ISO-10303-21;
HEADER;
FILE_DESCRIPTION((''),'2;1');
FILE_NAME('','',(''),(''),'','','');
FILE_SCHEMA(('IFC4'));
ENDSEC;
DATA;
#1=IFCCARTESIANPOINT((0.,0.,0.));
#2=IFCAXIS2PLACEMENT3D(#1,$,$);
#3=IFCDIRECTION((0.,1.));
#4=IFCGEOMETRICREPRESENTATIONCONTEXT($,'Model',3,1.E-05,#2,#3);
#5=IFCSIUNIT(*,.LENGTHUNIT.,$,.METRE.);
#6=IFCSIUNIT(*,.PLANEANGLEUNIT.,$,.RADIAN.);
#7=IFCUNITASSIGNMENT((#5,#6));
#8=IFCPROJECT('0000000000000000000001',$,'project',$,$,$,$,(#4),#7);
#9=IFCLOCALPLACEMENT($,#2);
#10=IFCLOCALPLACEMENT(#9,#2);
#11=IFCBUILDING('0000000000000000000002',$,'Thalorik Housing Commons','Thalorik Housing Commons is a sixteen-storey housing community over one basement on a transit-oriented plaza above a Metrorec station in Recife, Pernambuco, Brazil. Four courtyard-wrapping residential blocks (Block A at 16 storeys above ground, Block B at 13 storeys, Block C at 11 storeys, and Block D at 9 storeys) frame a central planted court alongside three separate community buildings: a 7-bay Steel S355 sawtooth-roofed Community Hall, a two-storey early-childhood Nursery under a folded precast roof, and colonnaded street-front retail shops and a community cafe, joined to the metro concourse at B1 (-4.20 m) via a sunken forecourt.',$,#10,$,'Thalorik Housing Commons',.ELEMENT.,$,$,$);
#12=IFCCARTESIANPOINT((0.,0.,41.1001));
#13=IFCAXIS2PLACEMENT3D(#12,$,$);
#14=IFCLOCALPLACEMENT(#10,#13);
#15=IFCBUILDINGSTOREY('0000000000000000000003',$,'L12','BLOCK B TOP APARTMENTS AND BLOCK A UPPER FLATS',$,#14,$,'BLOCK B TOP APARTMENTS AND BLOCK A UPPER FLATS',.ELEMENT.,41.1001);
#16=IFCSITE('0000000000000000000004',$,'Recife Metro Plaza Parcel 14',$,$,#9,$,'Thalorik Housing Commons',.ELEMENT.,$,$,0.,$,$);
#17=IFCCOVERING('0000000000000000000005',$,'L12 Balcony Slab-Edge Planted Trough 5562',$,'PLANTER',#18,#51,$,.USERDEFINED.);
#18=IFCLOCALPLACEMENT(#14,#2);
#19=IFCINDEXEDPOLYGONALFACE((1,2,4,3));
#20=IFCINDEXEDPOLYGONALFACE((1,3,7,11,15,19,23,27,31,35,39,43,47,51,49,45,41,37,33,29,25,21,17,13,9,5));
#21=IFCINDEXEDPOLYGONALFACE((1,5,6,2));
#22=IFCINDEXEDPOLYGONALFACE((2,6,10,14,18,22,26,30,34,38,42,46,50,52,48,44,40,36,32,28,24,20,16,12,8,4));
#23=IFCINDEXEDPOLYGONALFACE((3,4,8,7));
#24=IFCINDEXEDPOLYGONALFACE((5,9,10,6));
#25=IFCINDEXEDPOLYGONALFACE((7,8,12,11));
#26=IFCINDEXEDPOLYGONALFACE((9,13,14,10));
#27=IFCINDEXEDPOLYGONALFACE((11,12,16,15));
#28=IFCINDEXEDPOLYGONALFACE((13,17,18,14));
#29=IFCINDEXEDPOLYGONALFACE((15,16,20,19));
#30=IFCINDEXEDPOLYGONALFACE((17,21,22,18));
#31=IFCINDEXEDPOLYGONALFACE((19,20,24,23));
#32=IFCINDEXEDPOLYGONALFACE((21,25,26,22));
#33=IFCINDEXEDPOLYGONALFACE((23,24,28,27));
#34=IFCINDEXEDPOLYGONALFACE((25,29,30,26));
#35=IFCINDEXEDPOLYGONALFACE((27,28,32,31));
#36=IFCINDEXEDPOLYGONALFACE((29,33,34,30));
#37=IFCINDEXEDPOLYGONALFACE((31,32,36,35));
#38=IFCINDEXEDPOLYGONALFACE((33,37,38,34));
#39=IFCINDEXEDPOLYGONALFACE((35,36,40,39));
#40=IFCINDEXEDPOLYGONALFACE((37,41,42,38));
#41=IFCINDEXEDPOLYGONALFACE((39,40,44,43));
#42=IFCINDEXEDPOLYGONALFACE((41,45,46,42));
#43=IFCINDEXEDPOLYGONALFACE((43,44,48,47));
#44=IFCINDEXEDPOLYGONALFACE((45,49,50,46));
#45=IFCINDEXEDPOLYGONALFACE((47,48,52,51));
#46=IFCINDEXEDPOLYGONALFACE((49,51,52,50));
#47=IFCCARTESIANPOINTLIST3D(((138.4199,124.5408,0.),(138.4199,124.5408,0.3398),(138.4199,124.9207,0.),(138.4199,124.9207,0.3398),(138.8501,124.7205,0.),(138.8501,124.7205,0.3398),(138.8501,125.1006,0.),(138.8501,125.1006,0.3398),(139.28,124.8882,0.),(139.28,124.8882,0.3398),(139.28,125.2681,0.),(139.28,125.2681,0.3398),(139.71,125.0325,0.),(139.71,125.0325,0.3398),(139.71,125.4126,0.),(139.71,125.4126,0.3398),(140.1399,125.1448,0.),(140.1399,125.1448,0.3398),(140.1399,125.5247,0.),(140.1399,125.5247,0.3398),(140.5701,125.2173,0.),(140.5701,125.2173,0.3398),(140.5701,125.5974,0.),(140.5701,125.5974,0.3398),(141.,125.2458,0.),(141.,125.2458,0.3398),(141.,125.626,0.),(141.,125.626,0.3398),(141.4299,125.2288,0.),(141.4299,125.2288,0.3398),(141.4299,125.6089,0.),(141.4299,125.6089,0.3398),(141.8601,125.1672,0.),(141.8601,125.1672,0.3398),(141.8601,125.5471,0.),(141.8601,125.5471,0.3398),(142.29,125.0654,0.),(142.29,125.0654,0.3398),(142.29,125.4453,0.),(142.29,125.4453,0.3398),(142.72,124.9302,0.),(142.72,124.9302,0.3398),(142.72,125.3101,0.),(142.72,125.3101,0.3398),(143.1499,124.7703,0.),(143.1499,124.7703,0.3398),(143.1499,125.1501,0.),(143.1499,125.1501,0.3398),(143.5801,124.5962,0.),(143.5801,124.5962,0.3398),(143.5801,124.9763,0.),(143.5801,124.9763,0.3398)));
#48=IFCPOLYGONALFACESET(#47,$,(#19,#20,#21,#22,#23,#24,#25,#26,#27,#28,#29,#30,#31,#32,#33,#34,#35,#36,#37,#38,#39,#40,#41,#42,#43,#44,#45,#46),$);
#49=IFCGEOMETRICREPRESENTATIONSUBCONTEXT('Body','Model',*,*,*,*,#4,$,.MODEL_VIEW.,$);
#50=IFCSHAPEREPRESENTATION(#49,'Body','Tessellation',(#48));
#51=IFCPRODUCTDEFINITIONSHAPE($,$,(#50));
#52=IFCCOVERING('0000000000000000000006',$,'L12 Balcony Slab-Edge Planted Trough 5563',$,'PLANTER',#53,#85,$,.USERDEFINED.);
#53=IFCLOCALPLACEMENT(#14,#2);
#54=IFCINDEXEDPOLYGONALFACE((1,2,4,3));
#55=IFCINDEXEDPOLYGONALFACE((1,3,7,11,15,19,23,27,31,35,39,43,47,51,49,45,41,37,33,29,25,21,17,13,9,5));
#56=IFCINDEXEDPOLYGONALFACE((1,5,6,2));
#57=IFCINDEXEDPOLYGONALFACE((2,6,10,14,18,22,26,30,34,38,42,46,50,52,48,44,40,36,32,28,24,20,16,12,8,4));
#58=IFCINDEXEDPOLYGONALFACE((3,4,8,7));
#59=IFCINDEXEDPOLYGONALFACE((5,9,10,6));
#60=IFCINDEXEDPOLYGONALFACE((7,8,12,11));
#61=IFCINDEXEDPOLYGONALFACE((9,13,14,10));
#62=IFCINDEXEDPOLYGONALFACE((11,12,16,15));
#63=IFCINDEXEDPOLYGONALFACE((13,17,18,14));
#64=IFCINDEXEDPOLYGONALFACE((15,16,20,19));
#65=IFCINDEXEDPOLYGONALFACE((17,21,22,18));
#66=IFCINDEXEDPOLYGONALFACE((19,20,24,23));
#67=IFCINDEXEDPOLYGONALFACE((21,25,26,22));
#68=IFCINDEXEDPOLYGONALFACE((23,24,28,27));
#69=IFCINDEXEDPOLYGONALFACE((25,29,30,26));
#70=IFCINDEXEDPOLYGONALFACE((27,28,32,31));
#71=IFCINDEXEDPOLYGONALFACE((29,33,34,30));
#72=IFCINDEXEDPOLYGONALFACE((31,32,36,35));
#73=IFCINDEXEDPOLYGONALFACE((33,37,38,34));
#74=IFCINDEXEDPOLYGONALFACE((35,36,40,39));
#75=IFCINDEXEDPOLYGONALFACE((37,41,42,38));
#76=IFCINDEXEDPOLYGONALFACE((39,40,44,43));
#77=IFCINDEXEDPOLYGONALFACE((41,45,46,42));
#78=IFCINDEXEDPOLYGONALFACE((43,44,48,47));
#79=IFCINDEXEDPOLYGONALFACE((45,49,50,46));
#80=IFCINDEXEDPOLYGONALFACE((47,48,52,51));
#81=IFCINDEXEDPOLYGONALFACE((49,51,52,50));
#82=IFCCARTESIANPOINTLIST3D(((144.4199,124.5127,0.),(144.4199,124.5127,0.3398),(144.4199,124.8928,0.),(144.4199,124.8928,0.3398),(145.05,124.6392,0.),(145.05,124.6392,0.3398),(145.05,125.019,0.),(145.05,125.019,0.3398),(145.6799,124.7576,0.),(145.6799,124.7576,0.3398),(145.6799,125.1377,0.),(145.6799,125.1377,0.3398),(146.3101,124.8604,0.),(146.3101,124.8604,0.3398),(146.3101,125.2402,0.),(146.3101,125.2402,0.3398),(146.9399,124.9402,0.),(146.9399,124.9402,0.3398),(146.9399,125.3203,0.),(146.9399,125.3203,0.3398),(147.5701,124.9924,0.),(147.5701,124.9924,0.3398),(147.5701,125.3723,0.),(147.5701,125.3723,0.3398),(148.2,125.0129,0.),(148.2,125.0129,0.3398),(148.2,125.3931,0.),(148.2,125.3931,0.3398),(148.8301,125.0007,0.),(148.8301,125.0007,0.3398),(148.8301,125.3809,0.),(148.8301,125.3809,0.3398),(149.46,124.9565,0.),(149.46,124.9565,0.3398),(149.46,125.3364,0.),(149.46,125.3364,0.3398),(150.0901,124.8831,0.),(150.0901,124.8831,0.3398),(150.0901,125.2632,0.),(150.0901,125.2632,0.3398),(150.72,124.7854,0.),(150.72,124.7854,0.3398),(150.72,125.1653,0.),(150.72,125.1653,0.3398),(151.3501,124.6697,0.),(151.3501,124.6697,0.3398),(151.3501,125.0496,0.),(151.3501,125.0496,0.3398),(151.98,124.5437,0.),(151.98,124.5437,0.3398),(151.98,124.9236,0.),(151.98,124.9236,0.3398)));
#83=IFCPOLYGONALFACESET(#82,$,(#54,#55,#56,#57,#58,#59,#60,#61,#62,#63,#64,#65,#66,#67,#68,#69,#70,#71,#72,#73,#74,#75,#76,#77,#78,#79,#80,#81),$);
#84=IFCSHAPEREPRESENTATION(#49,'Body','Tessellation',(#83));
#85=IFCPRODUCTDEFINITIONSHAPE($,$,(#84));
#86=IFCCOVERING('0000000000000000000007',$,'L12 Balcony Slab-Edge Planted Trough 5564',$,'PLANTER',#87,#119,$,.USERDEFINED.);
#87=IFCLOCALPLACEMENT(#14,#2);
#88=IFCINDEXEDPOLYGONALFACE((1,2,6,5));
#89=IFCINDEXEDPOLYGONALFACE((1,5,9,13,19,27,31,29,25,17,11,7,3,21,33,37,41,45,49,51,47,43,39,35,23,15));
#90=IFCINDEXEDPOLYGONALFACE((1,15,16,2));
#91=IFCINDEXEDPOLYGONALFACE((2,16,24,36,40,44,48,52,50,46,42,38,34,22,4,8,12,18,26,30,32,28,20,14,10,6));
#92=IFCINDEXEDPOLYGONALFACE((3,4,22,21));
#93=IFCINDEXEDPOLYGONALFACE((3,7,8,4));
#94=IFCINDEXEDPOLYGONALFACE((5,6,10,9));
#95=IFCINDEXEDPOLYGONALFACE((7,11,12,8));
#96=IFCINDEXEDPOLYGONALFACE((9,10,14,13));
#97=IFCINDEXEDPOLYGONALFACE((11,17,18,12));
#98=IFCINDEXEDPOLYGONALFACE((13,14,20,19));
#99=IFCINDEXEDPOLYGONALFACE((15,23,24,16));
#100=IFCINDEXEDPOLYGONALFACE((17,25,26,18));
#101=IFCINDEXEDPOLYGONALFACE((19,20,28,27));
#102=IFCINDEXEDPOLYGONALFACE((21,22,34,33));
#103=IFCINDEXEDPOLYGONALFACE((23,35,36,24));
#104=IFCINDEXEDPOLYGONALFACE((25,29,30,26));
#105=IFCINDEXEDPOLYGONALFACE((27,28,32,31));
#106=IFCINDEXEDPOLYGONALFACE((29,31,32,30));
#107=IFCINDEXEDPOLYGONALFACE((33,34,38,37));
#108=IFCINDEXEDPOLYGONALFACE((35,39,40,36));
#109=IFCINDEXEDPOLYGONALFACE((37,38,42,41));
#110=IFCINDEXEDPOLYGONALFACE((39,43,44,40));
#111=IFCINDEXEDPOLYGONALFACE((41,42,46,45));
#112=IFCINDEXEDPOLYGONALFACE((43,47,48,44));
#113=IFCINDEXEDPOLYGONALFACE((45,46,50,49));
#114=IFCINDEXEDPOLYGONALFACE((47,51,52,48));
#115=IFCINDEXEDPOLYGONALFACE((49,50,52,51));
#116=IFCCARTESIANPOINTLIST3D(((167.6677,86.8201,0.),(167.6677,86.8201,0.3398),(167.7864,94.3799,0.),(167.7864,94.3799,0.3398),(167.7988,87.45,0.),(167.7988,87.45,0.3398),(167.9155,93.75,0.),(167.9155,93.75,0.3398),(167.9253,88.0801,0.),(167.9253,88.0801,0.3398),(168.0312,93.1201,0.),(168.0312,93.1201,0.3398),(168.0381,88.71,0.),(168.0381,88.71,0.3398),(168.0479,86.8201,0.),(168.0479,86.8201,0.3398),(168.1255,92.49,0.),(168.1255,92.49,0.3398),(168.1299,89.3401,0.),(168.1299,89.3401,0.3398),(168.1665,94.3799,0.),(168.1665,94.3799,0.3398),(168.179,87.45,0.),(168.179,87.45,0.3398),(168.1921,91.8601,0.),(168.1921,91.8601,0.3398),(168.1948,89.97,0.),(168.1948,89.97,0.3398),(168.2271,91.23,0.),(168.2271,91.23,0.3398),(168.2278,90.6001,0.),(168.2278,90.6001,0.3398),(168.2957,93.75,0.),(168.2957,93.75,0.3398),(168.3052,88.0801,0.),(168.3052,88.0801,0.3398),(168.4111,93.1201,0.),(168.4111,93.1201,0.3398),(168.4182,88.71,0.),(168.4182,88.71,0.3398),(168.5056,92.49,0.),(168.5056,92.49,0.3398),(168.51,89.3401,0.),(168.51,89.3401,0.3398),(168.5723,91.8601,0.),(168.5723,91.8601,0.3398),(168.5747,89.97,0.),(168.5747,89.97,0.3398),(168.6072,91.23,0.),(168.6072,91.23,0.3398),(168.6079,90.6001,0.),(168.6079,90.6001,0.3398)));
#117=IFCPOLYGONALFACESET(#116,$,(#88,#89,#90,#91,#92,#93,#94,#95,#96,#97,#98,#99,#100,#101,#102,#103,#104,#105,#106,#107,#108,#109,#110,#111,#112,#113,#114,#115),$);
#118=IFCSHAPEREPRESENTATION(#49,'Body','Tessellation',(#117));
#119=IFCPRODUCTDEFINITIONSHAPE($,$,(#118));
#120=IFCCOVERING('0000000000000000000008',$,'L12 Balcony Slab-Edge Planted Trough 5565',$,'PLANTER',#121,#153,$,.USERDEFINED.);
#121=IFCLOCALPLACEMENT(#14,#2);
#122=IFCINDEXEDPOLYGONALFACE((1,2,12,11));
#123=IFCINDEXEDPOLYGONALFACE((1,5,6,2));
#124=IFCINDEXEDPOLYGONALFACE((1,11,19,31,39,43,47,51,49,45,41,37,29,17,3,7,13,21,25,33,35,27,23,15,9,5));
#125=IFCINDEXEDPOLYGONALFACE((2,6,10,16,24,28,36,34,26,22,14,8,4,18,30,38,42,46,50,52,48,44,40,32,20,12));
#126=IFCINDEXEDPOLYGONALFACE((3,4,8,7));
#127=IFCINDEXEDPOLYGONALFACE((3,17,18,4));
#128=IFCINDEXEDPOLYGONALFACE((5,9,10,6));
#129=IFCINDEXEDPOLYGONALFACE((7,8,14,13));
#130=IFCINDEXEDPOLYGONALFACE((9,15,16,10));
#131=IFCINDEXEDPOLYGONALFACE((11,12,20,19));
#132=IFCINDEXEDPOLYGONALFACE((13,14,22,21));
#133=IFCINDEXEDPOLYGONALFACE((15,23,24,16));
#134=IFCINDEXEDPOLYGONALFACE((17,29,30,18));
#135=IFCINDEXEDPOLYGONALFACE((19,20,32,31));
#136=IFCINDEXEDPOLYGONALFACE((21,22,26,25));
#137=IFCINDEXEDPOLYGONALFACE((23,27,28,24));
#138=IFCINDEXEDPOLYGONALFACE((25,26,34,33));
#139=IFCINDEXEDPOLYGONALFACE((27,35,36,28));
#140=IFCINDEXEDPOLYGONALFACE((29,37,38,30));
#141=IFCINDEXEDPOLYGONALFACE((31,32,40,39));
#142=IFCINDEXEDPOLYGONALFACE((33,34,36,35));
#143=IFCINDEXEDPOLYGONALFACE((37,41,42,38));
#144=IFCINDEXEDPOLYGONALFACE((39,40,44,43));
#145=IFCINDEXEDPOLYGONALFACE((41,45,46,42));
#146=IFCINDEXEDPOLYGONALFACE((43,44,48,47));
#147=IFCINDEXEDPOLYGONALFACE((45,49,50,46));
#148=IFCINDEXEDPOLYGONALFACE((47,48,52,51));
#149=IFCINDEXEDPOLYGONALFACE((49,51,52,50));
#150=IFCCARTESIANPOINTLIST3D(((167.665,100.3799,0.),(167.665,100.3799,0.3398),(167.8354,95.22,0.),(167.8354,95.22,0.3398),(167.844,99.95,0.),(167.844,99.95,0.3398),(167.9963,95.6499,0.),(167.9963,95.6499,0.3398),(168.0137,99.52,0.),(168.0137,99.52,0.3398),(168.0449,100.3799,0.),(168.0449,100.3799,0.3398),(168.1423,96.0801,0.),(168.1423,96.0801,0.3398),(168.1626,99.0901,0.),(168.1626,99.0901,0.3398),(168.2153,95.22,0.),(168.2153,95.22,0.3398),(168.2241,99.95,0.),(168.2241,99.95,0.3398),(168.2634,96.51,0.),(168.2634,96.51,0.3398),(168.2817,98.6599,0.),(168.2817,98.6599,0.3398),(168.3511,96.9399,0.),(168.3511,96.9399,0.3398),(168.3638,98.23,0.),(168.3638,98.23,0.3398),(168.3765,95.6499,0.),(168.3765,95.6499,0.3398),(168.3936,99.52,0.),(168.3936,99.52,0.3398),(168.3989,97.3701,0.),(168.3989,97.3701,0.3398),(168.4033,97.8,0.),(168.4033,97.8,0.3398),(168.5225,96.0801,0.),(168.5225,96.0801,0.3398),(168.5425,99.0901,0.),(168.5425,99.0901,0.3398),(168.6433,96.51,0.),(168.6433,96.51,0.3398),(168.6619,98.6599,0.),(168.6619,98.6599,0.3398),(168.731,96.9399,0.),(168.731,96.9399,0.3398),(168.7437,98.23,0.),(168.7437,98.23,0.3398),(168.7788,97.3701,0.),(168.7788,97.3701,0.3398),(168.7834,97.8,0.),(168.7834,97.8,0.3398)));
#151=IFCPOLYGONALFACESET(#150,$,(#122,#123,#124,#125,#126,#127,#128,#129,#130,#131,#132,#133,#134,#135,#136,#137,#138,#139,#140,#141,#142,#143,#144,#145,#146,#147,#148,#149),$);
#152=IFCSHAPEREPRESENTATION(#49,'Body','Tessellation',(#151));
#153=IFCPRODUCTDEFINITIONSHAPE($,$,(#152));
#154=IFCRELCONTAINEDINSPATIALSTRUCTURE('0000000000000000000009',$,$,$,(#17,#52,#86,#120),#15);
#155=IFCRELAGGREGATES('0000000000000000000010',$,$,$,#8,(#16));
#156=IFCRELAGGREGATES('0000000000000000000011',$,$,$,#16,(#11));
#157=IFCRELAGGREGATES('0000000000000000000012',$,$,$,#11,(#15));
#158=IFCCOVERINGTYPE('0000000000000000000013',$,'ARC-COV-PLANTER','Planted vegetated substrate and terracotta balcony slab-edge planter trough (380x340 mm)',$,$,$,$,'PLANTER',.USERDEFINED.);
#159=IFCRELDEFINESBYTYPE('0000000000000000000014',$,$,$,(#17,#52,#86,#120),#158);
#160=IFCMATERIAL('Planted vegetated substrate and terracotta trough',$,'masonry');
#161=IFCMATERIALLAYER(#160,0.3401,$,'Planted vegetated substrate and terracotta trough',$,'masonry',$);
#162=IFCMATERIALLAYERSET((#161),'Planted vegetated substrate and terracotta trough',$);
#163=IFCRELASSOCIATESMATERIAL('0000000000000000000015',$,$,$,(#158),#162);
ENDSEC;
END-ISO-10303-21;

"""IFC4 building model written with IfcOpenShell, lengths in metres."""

from ifc_helpers import new_model, si_unit, direction, frame, origin, place, context, subcontext, project, spatial, polyline, outline, extrude, material, layer, layer_set, type_object, element, save


model = new_model("IFC4")

# Units and contexts
model_context = context("Model", 3, precision=1e-05, world=origin(), true_north=direction((0.0, 1.0)))
body_context = subcontext(model_context, "Body", "Model", "MODEL_VIEW")
ifc_project = project(units=[si_unit("LENGTHUNIT", "METRE"), si_unit("PLANEANGLEUNIT", "RADIAN")], contexts=[model_context])

# Site, building, storey
site_placement = place(None, origin())
site = spatial("IfcSite", under=ifc_project, at=site_placement, Name="Recife Metro Plaza Parcel 14", LongName="Thalorik Housing Commons", CompositionType="ELEMENT", RefElevation=0.0)
building_placement = place(site_placement, origin())
building = spatial("IfcBuilding", under=site, at=building_placement, Name="Thalorik Housing Commons", Description="Thalorik Housing Commons is a sixteen-storey housing community over one basement on a transit-oriented plaza above a Metrorec station in Recife, Pernambuco, Brazil. Four courtyard-wrapping residential blocks (Block A at 16 storeys above ground, Block B at 13 storeys, Block C at 11 storeys, and Block D at 9 storeys) frame a central planted court alongside three separate community buildings: a 7-bay Steel S355 sawtooth-roofed Community Hall, a two-storey early-childhood Nursery under a folded precast roof, and colonnaded street-front retail shops and a community cafe, joined to the metro concourse at B1 (-4.20 m) via a sunken forecourt.", LongName="Thalorik Housing Commons", CompositionType="ELEMENT")
storey_placement = place(building_placement, frame((0.0, 0.0, 41.1001)))
storey = spatial("IfcBuildingStorey", under=building, at=storey_placement, Name="L12", Description="BLOCK B TOP APARTMENTS AND BLOCK A UPPER FLATS", LongName="BLOCK B TOP APARTMENTS AND BLOCK A UPPER FLATS", CompositionType="ELEMENT", Elevation=41.1001)

# Coverings
ifc_material_1 = material(Name="Planted vegetated substrate and terracotta trough", Category="masonry")
ifc_layer_1 = layer(ifc_material_1, 0.3401, Name="Planted vegetated substrate and terracotta trough", Category="masonry")
ifc_layer_set_1 = layer_set([ifc_layer_1], Name="Planted vegetated substrate and terracotta trough")
covering_type_1 = type_object("IfcCoveringType", Name="ARC-COV-PLANTER", Description="Planted vegetated substrate and terracotta balcony slab-edge planter trough (380x340 mm)", ElementType="PLANTER", PredefinedType="USERDEFINED", material=ifc_layer_set_1)
covering_1_placement = place(storey_placement, origin())
element("IfcCovering", 1, at=covering_1_placement, inside=storey, type_object=covering_type_1, Name="L12 Balcony Slab-Edge Planted Trough 5562", ObjectType="PLANTER", PredefinedType="USERDEFINED", context=body_context, shape_type="SweptSolid", body=[
    extrude(outline(polyline([(143.5801, 124.9763), (143.1499, 125.1501), (142.72, 125.3101), (142.29, 125.4453), (141.8601, 125.5471), (141.4299, 125.6089), (141.0, 125.626), (140.5701, 125.5974), (140.1399, 125.5247), (139.71, 125.4126), (139.28, 125.2681), (138.8501, 125.1006), (138.4199, 124.9207), (138.4199, 124.5408), (138.8501, 124.7205), (139.28, 124.8882), (139.71, 125.0325), (140.1399, 125.1448), (140.5701, 125.2173), (141.0, 125.2458), (141.4299, 125.2288), (141.8601, 125.1672), (142.29, 125.0654), (142.72, 124.9302), (143.1499, 124.7703), (143.5801, 124.5962), (143.5801, 124.9763)])), origin(), (0.0, 0.0, 1.0), 0.3398),
])
covering_2_placement = place(storey_placement, origin())
element("IfcCovering", 2, at=covering_2_placement, inside=storey, type_object=covering_type_1, Name="L12 Balcony Slab-Edge Planted Trough 5563", ObjectType="PLANTER", PredefinedType="USERDEFINED", context=body_context, shape_type="SweptSolid", body=[
    extrude(outline(polyline([(151.98, 124.9236), (151.3501, 125.0496), (150.72, 125.1653), (150.0901, 125.2632), (149.46, 125.3364), (148.8301, 125.3809), (148.2, 125.3931), (147.5701, 125.3723), (146.9399, 125.3203), (146.3101, 125.2402), (145.6799, 125.1377), (145.05, 125.019), (144.4199, 124.8928), (144.4199, 124.5127), (145.05, 124.6392), (145.6799, 124.7576), (146.3101, 124.8604), (146.9399, 124.9402), (147.5701, 124.9924), (148.2, 125.0129), (148.8301, 125.0007), (149.46, 124.9565), (150.0901, 124.8831), (150.72, 124.7854), (151.3501, 124.6697), (151.98, 124.5437), (151.98, 124.9236)])), origin(), (0.0, 0.0, 1.0), 0.3398),
])
covering_3_placement = place(storey_placement, origin())
element("IfcCovering", 3, at=covering_3_placement, inside=storey, type_object=covering_type_1, Name="L12 Balcony Slab-Edge Planted Trough 5564", ObjectType="PLANTER", PredefinedType="USERDEFINED", context=body_context, shape_type="SweptSolid", body=[
    extrude(outline(polyline([(168.0479, 86.8201), (168.179, 87.45), (168.3052, 88.0801), (168.4182, 88.71), (168.51, 89.3401), (168.5747, 89.97), (168.6079, 90.6001), (168.6072, 91.23), (168.5723, 91.8601), (168.5056, 92.49), (168.4111, 93.1201), (168.2957, 93.75), (168.1665, 94.3799), (167.7864, 94.3799), (167.9155, 93.75), (168.0312, 93.1201), (168.1255, 92.49), (168.1921, 91.8601), (168.2271, 91.23), (168.2278, 90.6001), (168.1948, 89.97), (168.1299, 89.3401), (168.0381, 88.71), (167.9253, 88.0801), (167.7988, 87.45), (167.6677, 86.8201), (168.0479, 86.8201)])), origin(), (0.0, 0.0, 1.0), 0.3398),
])
covering_4_placement = place(storey_placement, origin())
element("IfcCovering", 4, at=covering_4_placement, inside=storey, type_object=covering_type_1, Name="L12 Balcony Slab-Edge Planted Trough 5565", ObjectType="PLANTER", PredefinedType="USERDEFINED", context=body_context, shape_type="SweptSolid", body=[
    extrude(outline(polyline([(168.2153, 95.22), (168.3765, 95.6499), (168.5225, 96.0801), (168.6433, 96.51), (168.731, 96.9399), (168.7788, 97.3701), (168.7834, 97.8), (168.7437, 98.23), (168.6619, 98.6599), (168.5425, 99.0901), (168.3936, 99.52), (168.2241, 99.95), (168.0449, 100.3799), (167.665, 100.3799), (167.844, 99.95), (168.0137, 99.52), (168.1626, 99.0901), (168.2817, 98.6599), (168.3638, 98.23), (168.4033, 97.8), (168.3989, 97.3701), (168.3511, 96.9399), (168.2634, 96.51), (168.1423, 96.0801), (167.9963, 95.6499), (167.8354, 95.22), (168.2153, 95.22)])), origin(), (0.0, 0.0, 1.0), 0.3398),
])

save(model, "model.ifc")
